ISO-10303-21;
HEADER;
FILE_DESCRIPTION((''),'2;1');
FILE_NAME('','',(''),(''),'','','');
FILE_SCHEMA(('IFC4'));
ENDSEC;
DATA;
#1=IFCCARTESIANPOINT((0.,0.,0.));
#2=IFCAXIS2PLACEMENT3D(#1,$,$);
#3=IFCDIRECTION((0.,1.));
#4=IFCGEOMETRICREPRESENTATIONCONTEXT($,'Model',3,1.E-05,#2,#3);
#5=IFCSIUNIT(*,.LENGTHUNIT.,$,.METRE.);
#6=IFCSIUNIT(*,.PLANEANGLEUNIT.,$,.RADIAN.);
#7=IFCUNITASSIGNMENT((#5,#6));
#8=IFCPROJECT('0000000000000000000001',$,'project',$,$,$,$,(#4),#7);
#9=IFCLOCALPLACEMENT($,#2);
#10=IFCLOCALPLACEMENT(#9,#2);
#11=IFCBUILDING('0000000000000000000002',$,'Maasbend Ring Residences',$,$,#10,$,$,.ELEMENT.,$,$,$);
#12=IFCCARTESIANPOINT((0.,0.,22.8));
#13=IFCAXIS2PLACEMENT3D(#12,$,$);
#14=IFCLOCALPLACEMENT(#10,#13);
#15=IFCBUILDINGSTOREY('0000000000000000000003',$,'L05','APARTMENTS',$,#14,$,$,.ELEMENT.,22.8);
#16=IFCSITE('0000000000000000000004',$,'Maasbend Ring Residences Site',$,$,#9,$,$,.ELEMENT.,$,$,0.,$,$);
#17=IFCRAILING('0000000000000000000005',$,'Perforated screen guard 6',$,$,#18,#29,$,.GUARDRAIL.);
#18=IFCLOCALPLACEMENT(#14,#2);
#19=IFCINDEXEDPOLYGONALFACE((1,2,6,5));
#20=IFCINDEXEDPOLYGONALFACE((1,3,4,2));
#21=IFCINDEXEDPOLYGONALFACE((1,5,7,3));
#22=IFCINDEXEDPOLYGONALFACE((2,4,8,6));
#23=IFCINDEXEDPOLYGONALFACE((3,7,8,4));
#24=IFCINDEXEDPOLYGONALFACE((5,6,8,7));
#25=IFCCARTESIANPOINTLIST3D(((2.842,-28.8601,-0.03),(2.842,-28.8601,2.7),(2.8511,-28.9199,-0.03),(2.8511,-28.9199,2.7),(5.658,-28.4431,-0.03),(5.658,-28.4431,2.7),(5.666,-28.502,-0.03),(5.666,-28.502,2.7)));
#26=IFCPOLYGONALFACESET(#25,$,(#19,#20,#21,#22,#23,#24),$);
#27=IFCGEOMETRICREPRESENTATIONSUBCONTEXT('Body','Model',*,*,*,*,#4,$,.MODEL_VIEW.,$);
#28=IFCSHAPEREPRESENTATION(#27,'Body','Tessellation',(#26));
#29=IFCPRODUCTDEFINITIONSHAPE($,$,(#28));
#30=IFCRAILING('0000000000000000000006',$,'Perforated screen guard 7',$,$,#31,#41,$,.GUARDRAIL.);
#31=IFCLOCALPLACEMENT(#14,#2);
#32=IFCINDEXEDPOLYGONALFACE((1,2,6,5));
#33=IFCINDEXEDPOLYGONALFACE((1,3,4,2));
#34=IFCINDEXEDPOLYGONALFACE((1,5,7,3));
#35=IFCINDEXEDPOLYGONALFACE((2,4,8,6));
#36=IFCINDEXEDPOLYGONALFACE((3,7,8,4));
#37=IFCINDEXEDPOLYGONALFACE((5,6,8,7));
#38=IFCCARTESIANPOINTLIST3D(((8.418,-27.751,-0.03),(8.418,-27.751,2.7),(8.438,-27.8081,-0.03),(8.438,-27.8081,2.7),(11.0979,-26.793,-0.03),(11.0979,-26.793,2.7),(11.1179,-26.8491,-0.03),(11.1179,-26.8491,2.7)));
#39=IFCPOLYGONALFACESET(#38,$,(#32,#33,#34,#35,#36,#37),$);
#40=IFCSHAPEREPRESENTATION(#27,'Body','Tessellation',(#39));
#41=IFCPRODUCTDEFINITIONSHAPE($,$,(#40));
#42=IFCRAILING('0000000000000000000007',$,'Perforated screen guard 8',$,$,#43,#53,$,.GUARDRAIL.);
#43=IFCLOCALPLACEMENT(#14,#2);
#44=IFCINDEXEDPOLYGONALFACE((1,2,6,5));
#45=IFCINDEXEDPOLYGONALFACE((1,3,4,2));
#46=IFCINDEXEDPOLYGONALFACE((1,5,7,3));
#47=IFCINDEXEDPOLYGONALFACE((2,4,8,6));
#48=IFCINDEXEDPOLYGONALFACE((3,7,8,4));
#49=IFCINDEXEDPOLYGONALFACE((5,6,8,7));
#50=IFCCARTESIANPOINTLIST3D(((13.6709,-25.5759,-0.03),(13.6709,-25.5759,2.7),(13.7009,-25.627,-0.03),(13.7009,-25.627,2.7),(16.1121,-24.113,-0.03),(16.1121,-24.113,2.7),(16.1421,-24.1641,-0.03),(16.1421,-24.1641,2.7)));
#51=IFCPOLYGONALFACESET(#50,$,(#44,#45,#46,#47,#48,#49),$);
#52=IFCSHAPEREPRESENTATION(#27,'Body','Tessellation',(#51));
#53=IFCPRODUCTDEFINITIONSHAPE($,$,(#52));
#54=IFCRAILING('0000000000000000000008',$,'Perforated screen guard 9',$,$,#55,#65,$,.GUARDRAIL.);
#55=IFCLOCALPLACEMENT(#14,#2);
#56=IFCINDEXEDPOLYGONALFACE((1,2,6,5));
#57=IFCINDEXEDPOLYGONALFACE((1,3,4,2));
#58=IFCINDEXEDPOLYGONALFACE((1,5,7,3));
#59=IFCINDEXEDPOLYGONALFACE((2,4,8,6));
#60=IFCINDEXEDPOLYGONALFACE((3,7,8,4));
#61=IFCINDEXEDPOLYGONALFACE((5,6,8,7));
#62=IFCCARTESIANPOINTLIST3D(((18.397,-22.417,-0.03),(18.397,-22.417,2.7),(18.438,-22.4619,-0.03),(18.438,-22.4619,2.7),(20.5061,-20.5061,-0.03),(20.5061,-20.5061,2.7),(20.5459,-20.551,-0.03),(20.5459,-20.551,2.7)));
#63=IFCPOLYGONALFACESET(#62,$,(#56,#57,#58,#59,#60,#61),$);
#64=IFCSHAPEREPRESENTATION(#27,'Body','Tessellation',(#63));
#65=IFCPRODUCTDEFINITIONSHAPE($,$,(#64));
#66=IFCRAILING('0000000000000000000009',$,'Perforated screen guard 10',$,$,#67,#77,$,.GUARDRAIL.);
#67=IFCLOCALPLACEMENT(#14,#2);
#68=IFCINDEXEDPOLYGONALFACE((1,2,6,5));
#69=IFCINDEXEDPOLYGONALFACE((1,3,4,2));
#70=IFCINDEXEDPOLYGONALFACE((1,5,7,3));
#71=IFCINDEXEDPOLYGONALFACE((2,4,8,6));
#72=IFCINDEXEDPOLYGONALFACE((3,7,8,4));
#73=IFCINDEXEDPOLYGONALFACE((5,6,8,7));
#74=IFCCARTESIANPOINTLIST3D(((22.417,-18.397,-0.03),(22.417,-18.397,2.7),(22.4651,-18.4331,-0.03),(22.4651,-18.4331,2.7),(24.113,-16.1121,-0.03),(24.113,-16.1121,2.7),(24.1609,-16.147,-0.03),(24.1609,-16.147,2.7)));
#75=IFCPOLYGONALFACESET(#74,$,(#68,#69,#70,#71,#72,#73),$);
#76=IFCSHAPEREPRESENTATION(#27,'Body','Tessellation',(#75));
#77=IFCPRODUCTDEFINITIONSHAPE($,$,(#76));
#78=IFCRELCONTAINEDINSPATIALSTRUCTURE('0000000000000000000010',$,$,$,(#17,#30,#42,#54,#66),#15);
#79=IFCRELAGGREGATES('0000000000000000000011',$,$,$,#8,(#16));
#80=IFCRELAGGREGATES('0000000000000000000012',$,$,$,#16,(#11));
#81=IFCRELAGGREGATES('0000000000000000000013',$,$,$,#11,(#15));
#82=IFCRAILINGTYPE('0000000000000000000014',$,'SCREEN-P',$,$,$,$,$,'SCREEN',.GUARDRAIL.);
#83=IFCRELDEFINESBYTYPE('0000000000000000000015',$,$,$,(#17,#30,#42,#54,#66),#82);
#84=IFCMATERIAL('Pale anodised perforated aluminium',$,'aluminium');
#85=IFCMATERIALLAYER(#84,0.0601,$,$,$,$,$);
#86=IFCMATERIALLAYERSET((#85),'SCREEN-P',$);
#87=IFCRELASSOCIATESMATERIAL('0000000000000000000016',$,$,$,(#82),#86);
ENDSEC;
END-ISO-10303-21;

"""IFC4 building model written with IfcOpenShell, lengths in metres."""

from ifc_helpers import new_model, si_unit, direction, frame, origin, place, context, subcontext, project, spatial, polyline, outline, extrude, material, layer, layer_set, type_object, element, save


model = new_model("IFC4")

# Units and contexts
model_context = context("Model", 3, precision=1e-05, world=origin(), true_north=direction((0.0, 1.0)))
body_context = subcontext(model_context, "Body", "Model", "MODEL_VIEW")
ifc_project = project(units=[si_unit("LENGTHUNIT", "METRE"), si_unit("PLANEANGLEUNIT", "RADIAN")], contexts=[model_context])

# Site, building, storey
site_placement = place(None, origin())
site = spatial("IfcSite", under=ifc_project, at=site_placement, Name="Maasbend Ring Residences Site", CompositionType="ELEMENT", RefElevation=0.0)
building_placement = place(site_placement, origin())
building = spatial("IfcBuilding", under=site, at=building_placement, Name="Maasbend Ring Residences", CompositionType="ELEMENT")
storey_placement = place(building_placement, frame((0.0, 0.0, 22.8)))
storey = spatial("IfcBuildingStorey", under=building, at=storey_placement, Name="L05", Description="APARTMENTS", CompositionType="ELEMENT", Elevation=22.8)

# Railings
ifc_material_1 = material(Name="Pale anodised perforated aluminium", Category="aluminium")
ifc_layer_1 = layer(ifc_material_1, 0.0601)
ifc_layer_set_1 = layer_set([ifc_layer_1], Name="SCREEN-P")
railing_type = type_object("IfcRailingType", Name="SCREEN-P", ElementType="SCREEN", PredefinedType="GUARDRAIL", material=ifc_layer_set_1)
railing_1_placement = place(storey_placement, frame((0.0, 0.0, -0.03)))
element("IfcRailing", 1, at=railing_1_placement, inside=storey, type_object=railing_type, Name="Perforated screen guard 6", PredefinedType="GUARDRAIL", context=body_context, shape_type="SweptSolid", body=[
    extrude(outline(polyline([(2.842, -28.8601), (5.658, -28.4431), (5.666, -28.502), (2.8511, -28.9199), (2.842, -28.8601)])), origin(), (0.0, 0.0, 1.0), 2.73),
])
railing_2_placement = place(storey_placement, frame((0.0, 0.0, -0.03)))
element("IfcRailing", 2, at=railing_2_placement, inside=storey, type_object=railing_type, Name="Perforated screen guard 7", PredefinedType="GUARDRAIL", context=body_context, shape_type="SweptSolid", body=[
    extrude(outline(polyline([(8.418, -27.751), (11.0979, -26.793), (11.1179, -26.8491), (8.438, -27.8081), (8.418, -27.751)])), origin(), (0.0, 0.0, 1.0), 2.73),
])
railing_3_placement = place(storey_placement, frame((0.0, 0.0, -0.03)))
element("IfcRailing", 3, at=railing_3_placement, inside=storey, type_object=railing_type, Name="Perforated screen guard 8", PredefinedType="GUARDRAIL", context=body_context, shape_type="SweptSolid", body=[
    extrude(outline(polyline([(13.6709, -25.5759), (16.1121, -24.113), (16.1421, -24.1641), (13.7009, -25.627), (13.6709, -25.5759)])), origin(), (0.0, 0.0, 1.0), 2.73),
])
railing_4_placement = place(storey_placement, frame((0.0, 0.0, -0.03)))
element("IfcRailing", 4, at=railing_4_placement, inside=storey, type_object=railing_type, Name="Perforated screen guard 9", PredefinedType="GUARDRAIL", context=body_context, shape_type="SweptSolid", body=[
    extrude(outline(polyline([(18.397, -22.417), (20.5061, -20.5061), (20.5459, -20.551), (18.438, -22.4619), (18.397, -22.417)])), origin(), (0.0, 0.0, 1.0), 2.73),
])
railing_5_placement = place(storey_placement, frame((0.0, 0.0, -0.03)))
element("IfcRailing", 5, at=railing_5_placement, inside=storey, type_object=railing_type, Name="Perforated screen guard 10", PredefinedType="GUARDRAIL", context=body_context, shape_type="SweptSolid", body=[
    extrude(outline(polyline([(22.417, -18.397), (24.113, -16.1121), (24.1609, -16.147), (22.4651, -18.4331), (22.417, -18.397)])), origin(), (0.0, 0.0, 1.0), 2.73),
])

save(model, "model.ifc")
